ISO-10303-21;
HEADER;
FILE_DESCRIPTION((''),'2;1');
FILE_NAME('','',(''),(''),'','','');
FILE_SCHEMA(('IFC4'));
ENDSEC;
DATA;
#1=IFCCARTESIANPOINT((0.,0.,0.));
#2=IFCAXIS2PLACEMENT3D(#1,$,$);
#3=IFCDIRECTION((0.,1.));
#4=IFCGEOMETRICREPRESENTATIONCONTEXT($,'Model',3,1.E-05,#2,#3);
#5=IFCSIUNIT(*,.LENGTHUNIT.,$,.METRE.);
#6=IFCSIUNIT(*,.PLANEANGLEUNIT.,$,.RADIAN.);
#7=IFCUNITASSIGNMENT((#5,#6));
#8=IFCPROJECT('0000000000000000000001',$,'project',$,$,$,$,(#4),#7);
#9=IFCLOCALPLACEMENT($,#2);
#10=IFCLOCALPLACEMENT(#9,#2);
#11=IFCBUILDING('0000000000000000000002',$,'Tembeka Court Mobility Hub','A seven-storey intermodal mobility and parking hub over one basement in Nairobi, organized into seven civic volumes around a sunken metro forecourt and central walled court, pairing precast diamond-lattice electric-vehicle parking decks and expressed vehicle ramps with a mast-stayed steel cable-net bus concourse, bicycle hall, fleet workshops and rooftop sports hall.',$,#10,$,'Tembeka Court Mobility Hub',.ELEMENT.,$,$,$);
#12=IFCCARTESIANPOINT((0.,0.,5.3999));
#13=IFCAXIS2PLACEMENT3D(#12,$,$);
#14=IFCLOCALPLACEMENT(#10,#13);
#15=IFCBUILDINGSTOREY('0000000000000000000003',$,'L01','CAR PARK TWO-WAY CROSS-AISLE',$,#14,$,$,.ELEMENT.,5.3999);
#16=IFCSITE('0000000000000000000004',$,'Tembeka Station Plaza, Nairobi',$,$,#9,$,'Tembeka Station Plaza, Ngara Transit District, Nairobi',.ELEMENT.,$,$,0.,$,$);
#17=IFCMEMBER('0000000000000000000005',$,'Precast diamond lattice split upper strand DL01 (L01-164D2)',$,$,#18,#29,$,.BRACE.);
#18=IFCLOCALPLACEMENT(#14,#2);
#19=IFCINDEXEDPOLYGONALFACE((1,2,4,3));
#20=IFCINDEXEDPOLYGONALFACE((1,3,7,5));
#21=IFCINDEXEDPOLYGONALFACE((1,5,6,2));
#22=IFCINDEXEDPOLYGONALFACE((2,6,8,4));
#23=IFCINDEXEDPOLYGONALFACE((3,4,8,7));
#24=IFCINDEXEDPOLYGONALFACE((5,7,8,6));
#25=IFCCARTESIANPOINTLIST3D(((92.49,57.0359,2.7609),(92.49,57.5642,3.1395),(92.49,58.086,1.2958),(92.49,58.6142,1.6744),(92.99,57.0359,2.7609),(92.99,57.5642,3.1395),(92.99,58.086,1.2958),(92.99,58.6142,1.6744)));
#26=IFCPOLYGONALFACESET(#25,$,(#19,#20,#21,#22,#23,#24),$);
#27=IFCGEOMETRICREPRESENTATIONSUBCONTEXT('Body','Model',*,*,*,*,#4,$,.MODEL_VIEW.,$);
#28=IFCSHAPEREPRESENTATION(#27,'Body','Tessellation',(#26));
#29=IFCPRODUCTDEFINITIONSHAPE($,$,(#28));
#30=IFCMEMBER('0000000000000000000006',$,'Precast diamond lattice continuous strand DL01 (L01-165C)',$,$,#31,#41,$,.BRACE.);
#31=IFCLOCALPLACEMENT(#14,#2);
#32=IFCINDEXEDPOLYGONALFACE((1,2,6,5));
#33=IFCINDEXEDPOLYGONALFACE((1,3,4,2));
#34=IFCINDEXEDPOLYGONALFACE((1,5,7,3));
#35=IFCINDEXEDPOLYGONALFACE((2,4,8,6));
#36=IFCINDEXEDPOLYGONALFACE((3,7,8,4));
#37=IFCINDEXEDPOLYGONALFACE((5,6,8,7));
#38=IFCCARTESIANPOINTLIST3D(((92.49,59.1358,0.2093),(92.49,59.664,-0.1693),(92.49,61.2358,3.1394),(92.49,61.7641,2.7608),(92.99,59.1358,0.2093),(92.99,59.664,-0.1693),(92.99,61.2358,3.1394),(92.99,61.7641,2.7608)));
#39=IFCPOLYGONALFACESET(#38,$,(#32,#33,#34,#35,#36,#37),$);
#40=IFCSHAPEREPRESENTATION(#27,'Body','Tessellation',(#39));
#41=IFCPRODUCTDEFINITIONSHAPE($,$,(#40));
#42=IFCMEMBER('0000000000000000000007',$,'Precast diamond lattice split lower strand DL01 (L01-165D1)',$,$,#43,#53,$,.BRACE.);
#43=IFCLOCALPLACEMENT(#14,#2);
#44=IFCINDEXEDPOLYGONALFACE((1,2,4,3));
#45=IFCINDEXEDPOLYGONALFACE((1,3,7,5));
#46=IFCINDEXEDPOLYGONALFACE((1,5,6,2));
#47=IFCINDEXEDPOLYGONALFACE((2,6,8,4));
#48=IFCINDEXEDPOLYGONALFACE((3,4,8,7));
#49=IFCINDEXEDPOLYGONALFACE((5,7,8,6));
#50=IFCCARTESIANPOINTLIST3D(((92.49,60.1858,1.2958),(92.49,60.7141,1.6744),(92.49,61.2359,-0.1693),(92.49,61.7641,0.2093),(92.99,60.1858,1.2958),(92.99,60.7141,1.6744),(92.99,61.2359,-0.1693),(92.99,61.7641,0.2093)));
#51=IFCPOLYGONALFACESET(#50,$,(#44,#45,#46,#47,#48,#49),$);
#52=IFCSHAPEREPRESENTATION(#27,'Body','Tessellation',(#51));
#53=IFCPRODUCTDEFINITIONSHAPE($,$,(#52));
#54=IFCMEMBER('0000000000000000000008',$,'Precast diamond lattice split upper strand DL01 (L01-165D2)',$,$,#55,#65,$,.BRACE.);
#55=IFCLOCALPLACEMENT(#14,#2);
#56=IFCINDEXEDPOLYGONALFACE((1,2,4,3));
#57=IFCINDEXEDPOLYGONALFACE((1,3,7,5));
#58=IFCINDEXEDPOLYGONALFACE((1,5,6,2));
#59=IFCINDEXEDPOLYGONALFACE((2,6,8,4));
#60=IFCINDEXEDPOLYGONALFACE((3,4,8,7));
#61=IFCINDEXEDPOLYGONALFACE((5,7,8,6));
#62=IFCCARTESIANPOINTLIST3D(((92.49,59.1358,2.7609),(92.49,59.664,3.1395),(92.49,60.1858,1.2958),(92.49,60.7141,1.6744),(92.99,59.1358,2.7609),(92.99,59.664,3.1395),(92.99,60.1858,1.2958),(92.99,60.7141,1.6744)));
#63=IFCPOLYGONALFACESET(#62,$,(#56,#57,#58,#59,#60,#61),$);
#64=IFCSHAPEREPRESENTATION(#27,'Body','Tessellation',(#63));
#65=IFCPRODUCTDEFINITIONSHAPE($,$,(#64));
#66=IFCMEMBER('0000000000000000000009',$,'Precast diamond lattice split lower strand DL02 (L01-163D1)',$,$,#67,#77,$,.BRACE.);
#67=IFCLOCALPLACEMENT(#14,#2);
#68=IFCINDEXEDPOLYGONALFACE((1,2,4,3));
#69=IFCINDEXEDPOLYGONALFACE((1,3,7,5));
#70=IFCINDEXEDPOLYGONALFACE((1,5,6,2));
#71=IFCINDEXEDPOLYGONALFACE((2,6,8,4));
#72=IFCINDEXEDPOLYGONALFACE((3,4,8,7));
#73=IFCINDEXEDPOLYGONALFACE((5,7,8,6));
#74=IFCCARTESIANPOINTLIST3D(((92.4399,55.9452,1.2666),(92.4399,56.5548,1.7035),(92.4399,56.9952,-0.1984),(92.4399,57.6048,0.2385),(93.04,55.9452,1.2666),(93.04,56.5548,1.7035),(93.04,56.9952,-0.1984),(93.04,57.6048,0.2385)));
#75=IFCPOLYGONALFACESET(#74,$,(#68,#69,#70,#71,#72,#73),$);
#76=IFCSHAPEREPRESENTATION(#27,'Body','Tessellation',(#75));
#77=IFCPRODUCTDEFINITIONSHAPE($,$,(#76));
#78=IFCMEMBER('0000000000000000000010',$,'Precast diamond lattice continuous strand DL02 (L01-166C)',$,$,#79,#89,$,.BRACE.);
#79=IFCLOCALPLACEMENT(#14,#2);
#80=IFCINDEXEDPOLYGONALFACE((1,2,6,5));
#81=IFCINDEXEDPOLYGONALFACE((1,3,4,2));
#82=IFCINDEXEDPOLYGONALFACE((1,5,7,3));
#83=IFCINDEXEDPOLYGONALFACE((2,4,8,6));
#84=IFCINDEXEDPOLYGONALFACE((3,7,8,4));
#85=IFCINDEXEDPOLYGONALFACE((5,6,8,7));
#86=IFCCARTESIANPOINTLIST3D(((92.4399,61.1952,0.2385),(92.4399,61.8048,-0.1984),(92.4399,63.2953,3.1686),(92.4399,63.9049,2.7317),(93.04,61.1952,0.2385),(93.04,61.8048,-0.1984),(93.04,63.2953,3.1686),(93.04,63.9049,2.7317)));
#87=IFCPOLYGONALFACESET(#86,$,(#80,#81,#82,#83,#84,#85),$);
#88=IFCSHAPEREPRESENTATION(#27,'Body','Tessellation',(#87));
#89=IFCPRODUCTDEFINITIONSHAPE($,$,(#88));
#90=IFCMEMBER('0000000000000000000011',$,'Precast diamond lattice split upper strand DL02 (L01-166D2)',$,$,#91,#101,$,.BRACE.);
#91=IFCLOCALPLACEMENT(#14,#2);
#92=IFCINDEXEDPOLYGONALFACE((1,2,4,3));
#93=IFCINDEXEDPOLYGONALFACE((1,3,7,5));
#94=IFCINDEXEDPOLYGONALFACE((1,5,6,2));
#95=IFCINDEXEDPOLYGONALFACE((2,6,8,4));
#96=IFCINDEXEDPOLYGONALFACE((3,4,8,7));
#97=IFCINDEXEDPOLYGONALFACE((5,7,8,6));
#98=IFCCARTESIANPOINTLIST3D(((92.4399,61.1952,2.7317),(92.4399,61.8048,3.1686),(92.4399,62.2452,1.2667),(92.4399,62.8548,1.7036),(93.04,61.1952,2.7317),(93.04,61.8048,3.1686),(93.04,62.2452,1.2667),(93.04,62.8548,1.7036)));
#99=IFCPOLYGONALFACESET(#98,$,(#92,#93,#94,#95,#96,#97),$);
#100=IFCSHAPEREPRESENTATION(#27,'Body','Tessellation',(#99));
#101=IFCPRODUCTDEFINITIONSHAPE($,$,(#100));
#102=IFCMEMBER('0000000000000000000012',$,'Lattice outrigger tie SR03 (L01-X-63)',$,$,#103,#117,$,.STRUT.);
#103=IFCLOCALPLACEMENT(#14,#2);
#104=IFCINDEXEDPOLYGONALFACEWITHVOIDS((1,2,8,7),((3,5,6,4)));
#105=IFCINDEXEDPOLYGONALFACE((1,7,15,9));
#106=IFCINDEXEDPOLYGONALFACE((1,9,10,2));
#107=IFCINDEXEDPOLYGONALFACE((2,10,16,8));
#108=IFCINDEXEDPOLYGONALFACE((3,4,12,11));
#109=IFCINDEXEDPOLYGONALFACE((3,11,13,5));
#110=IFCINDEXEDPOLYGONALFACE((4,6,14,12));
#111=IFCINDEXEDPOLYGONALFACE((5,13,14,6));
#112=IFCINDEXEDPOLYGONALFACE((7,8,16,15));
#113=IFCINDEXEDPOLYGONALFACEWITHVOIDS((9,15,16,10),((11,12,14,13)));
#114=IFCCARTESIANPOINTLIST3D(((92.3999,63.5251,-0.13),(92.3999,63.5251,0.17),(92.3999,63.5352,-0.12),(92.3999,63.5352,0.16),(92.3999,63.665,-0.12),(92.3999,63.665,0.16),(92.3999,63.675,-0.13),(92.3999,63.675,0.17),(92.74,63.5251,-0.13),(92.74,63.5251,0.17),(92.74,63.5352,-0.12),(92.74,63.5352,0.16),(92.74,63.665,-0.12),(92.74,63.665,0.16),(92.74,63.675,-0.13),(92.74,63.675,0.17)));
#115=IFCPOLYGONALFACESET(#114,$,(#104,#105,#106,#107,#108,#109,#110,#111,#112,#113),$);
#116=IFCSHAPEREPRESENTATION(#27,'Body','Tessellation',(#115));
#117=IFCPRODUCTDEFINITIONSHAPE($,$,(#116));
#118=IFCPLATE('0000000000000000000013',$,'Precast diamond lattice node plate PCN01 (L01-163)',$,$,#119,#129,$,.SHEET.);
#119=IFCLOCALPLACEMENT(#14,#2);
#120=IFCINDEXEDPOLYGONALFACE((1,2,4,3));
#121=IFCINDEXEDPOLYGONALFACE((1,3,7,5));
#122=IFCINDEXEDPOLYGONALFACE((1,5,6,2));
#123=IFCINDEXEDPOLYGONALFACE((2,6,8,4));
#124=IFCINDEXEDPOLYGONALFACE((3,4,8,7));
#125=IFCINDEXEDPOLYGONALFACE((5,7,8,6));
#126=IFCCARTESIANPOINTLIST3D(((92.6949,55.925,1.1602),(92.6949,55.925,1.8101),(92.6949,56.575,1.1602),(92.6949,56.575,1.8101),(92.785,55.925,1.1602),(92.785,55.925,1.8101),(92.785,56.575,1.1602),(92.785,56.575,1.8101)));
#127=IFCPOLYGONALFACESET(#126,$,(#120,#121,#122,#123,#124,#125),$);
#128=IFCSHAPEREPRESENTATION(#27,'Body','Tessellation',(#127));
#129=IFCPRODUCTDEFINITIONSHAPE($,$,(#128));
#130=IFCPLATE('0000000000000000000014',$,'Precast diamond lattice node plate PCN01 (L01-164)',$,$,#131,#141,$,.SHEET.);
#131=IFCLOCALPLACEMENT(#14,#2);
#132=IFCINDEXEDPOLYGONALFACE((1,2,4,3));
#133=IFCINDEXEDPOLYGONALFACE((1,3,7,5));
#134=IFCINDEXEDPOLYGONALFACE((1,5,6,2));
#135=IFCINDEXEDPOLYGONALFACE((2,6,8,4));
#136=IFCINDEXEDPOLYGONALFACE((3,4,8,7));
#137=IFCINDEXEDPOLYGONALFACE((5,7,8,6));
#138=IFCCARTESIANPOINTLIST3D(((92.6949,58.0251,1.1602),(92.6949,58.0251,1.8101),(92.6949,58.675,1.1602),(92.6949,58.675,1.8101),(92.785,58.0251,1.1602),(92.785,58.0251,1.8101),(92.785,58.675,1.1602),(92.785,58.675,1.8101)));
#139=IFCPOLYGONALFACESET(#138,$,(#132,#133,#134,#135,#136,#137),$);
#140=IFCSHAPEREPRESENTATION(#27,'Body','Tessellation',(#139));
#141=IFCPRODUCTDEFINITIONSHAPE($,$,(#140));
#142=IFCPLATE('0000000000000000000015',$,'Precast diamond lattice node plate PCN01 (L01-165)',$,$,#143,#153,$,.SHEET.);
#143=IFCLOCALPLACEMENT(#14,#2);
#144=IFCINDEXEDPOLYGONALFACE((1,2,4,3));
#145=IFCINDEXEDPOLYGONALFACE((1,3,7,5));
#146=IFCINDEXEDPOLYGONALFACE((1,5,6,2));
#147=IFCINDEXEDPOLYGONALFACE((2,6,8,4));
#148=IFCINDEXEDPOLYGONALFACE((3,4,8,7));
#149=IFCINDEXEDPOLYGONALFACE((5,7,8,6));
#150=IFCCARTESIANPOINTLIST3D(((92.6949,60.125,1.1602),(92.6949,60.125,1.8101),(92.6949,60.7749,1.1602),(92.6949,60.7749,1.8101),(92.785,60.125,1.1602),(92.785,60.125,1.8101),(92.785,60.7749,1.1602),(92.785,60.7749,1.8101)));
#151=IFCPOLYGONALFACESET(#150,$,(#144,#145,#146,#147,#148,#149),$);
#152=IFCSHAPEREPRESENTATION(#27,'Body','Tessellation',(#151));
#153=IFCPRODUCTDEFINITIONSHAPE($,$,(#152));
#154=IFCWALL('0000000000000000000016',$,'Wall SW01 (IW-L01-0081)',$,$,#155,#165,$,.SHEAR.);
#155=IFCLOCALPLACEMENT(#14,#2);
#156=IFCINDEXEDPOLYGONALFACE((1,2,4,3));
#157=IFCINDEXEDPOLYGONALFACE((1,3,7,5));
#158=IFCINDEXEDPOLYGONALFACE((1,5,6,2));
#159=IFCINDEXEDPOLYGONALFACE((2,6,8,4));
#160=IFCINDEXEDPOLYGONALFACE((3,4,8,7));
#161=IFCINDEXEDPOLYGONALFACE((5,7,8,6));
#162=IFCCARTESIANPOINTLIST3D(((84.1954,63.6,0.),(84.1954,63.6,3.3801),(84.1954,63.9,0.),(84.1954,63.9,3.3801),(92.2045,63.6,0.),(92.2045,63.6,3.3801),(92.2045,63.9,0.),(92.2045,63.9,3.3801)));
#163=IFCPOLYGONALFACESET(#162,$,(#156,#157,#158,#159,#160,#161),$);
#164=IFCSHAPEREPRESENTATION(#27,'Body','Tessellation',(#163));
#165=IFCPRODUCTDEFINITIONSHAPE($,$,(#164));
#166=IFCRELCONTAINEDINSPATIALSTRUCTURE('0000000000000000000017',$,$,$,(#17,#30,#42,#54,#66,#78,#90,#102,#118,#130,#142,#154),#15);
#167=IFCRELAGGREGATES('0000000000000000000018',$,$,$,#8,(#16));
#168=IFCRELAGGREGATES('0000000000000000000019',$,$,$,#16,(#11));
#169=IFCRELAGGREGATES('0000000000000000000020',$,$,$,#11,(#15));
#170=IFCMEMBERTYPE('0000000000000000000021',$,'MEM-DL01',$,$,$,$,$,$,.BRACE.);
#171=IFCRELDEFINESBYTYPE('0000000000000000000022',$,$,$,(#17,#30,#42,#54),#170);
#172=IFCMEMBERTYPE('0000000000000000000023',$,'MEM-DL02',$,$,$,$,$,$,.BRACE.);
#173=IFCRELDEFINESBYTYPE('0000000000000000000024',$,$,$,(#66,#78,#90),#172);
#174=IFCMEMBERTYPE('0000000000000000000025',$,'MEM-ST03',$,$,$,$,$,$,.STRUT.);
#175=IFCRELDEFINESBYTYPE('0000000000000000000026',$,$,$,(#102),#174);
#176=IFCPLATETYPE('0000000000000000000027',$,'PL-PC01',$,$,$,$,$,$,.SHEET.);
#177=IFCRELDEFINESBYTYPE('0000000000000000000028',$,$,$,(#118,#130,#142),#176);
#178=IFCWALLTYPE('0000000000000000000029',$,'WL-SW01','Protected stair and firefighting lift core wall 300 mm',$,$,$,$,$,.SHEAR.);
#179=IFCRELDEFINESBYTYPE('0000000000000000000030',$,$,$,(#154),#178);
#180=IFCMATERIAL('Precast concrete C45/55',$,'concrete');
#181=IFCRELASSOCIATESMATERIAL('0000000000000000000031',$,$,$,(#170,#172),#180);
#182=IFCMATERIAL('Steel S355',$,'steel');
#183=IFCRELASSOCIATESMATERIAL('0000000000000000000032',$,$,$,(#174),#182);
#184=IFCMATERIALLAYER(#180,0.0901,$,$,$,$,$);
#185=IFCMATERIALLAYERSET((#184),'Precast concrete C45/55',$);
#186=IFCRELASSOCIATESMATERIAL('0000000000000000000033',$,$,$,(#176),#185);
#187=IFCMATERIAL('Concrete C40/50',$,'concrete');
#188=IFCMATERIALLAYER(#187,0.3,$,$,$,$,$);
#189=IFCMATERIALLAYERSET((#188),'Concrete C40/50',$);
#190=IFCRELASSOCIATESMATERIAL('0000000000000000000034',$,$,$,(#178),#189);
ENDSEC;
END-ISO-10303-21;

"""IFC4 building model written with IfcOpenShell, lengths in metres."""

from ifc_helpers import new_model, si_unit, direction, frame, frame_2d, origin, origin_2d, place, context, subcontext, project, spatial, rectangle, hollow_rectangle, extrude, material, layer, layer_set, material_profile, profile_set, type_object, element, save


model = new_model("IFC4")

# Units and contexts
model_context = context("Model", 3, precision=1e-05, world=origin(), true_north=direction((0.0, 1.0)))
body_context = subcontext(model_context, "Body", "Model", "MODEL_VIEW")
ifc_project = project(units=[si_unit("LENGTHUNIT", "METRE"), si_unit("PLANEANGLEUNIT", "RADIAN")], contexts=[model_context])

# Site, building, storey
site_placement = place(None, origin())
site = spatial("IfcSite", under=ifc_project, at=site_placement, Name="Tembeka Station Plaza, Nairobi", LongName="Tembeka Station Plaza, Ngara Transit District, Nairobi", CompositionType="ELEMENT", RefElevation=0.0)
building_placement = place(site_placement, origin())
building = spatial("IfcBuilding", under=site, at=building_placement, Name="Tembeka Court Mobility Hub", Description="A seven-storey intermodal mobility and parking hub over one basement in Nairobi, organized into seven civic volumes around a sunken metro forecourt and central walled court, pairing precast diamond-lattice electric-vehicle parking decks and expressed vehicle ramps with a mast-stayed steel cable-net bus concourse, bicycle hall, fleet workshops and rooftop sports hall.", LongName="Tembeka Court Mobility Hub", CompositionType="ELEMENT")
storey_placement = place(building_placement, frame((0.0, 0.0, 5.3999)))
storey = spatial("IfcBuildingStorey", under=building, at=storey_placement, Name="L01", Description="CAR PARK TWO-WAY CROSS-AISLE", CompositionType="ELEMENT", Elevation=5.3999)

# Shared definitions
ifc_material_1 = material(Name="Steel S355", Category="steel")

# Shared definitions
ifc_material_2 = material(Name="Precast concrete C45/55", Category="concrete")

# Members
ifc_material_profile_1 = material_profile(ifc_material_2, rectangle(XDim=0.5, YDim=0.6499, at=origin_2d()), Name="PC-DIAG 500x650")
ifc_profile_set_1 = profile_set([ifc_material_profile_1], Name="Precast concrete C45/55")
member_type_1 = type_object("IfcMemberType", Name="MEM-DL01", PredefinedType="BRACE", material=ifc_profile_set_1)
for number, where, z_axis, x_axis, name in (
    (1, (92.74, 58.3501, 1.4851), (0.0, -0.582544, 0.812799), (1.0, 0.0, 0.0), "Precast diamond lattice split upper strand DL01 (L01-164D2)"),
):
    element("IfcMember", number, at=place(storey_placement, frame(where, z_axis=z_axis, x_axis=x_axis)), inside=storey, type_object=member_type_1, Name=name, PredefinedType="BRACE", context=body_context, shape_type="SweptSolid", body=[
        extrude(rectangle(XDim=0.5, YDim=0.6499, at=origin_2d()), origin(), (0.0, 0.0, 1.0), 1.8025),
    ])
member_1_placement = place(storey_placement, frame((92.74, 59.3999, 0.02), z_axis=(0.0, 0.582544, 0.812799), x_axis=(-1.0, 0.0, 0.0)))
element("IfcMember", 2, at=member_1_placement, inside=storey, type_object=member_type_1, Name="Precast diamond lattice continuous strand DL01 (L01-165C)", PredefinedType="BRACE", context=body_context, shape_type="SweptSolid", body=[
    extrude(rectangle(XDim=0.5, YDim=0.6499, at=origin_2d()), origin(), (0.0, 0.0, 1.0), 3.605),
])
for number, where, z_axis, x_axis, name in (
    (3, (92.74, 61.5, 0.02), (0.0, -0.582544, 0.812799), (1.0, 0.0, 0.0), "Precast diamond lattice split lower strand DL01 (L01-165D1)"),
    (4, (92.74, 60.45, 1.4851), (0.0, -0.582544, 0.812799), (1.0, 0.0, 0.0), "Precast diamond lattice split upper strand DL01 (L01-165D2)"),
):
    element("IfcMember", number, at=place(storey_placement, frame(where, z_axis=z_axis, x_axis=x_axis)), inside=storey, type_object=member_type_1, Name=name, PredefinedType="BRACE", context=body_context, shape_type="SweptSolid", body=[
        extrude(rectangle(XDim=0.5, YDim=0.6499, at=origin_2d()), origin(), (0.0, 0.0, 1.0), 1.8025),
    ])
ifc_material_profile_2 = material_profile(ifc_material_2, rectangle(XDim=0.6001, YDim=0.75, at=origin_2d()), Name="PC-DIAG 600x750")
ifc_profile_set_2 = profile_set([ifc_material_profile_2], Name="Precast concrete C45/55")
member_type_2 = type_object("IfcMemberType", Name="MEM-DL02", PredefinedType="BRACE", material=ifc_profile_set_2)
member_2_placement = place(storey_placement, frame((92.74, 57.3, 0.02), z_axis=(0.0, -0.582544, 0.812799), x_axis=(1.0, 0.0, 0.0)))
element("IfcMember", 5, at=member_2_placement, inside=storey, type_object=member_type_2, Name="Precast diamond lattice split lower strand DL02 (L01-163D1)", PredefinedType="BRACE", context=body_context, shape_type="SweptSolid", body=[
    extrude(rectangle(XDim=0.6001, YDim=0.75, at=origin_2d()), origin(), (0.0, 0.0, 1.0), 1.8025),
])
member_3_placement = place(storey_placement, frame((92.74, 61.5, 0.02), z_axis=(0.0, 0.582544, 0.812799), x_axis=(-1.0, 0.0, 0.0)))
element("IfcMember", 6, at=member_3_placement, inside=storey, type_object=member_type_2, Name="Precast diamond lattice continuous strand DL02 (L01-166C)", PredefinedType="BRACE", context=body_context, shape_type="SweptSolid", body=[
    extrude(rectangle(XDim=0.6001, YDim=0.75, at=origin_2d()), origin(), (0.0, 0.0, 1.0), 3.605),
])
member_4_placement = place(storey_placement, frame((92.74, 62.55, 1.4851), z_axis=(0.0, -0.582544, 0.812799), x_axis=(1.0, 0.0, 0.0)))
element("IfcMember", 7, at=member_4_placement, inside=storey, type_object=member_type_2, Name="Precast diamond lattice split upper strand DL02 (L01-166D2)", PredefinedType="BRACE", context=body_context, shape_type="SweptSolid", body=[
    extrude(rectangle(XDim=0.6001, YDim=0.75, at=origin_2d()), origin(), (0.0, 0.0, 1.0), 1.8025),
])
ifc_material_profile_3 = material_profile(ifc_material_1, hollow_rectangle(XDim=0.1499, YDim=0.3, WallThickness=0.01, at=origin_2d()), Name="RHS 300x150x10")
ifc_profile_set_3 = profile_set([ifc_material_profile_3], Name="Steel S355")
member_type_3 = type_object("IfcMemberType", Name="MEM-ST03", PredefinedType="STRUT", material=ifc_profile_set_3)
member_5_placement = place(storey_placement, frame((92.3999, 63.6001, 0.02), z_axis=(1.0, 0.0, 0.0), x_axis=(0.0, 1.0, 0.0)))
element("IfcMember", 8, at=member_5_placement, inside=storey, type_object=member_type_3, Name="Lattice outrigger tie SR03 (L01-X-63)", PredefinedType="STRUT", context=body_context, shape_type="SweptSolid", body=[
    extrude(hollow_rectangle(XDim=0.1499, YDim=0.3, WallThickness=0.01, at=origin_2d()), origin(), (0.0, 0.0, 1.0), 0.3401),
])

# Plates
ifc_layer_1 = layer(ifc_material_2, 0.0901)
ifc_layer_set_1 = layer_set([ifc_layer_1], Name="Precast concrete C45/55")
plate_type = type_object("IfcPlateType", Name="PL-PC01", PredefinedType="SHEET", material=ifc_layer_set_1)
for number, where, z_axis, x_axis, name in (
    (9, (92.74, 56.25, 1.1602), (0.0, 0.0, 1.0), (1.0, 0.0, 0.0), "Precast diamond lattice node plate PCN01 (L01-163)"),
    (10, (92.74, 58.3501, 1.1602), (0.0, 0.0, 1.0), (1.0, 0.0, 0.0), "Precast diamond lattice node plate PCN01 (L01-164)"),
    (11, (92.74, 60.45, 1.1602), (0.0, 0.0, 1.0), (1.0, 0.0, 0.0), "Precast diamond lattice node plate PCN01 (L01-165)"),
):
    element("IfcPlate", number, at=place(storey_placement, frame(where, z_axis=z_axis, x_axis=x_axis)), inside=storey, type_object=plate_type, Name=name, PredefinedType="SHEET", context=body_context, shape_type="SweptSolid", body=[
        extrude(rectangle(XDim=0.0901, YDim=0.6499, at=origin_2d()), origin(), (0.0, 0.0, 1.0), 0.6499),
    ])

# Wall
ifc_material_3 = material(Name="Concrete C40/50", Category="concrete")
ifc_layer_2 = layer(ifc_material_3, 0.3)
ifc_layer_set_2 = layer_set([ifc_layer_2], Name="Concrete C40/50")
wall_type_1 = type_object("IfcWallType", Name="WL-SW01", Description="Protected stair and firefighting lift core wall 300 mm", PredefinedType="SHEAR", material=ifc_layer_set_2)
wall_1_placement = place(storey_placement, frame((84.1956, 63.75, 0.0), z_axis=(0.0, 0.0, 1.0), x_axis=(1.0, 0.0, 0.0)))
element("IfcWall", 12, at=wall_1_placement, inside=storey, type_object=wall_type_1, Name="Wall SW01 (IW-L01-0081)", PredefinedType="SHEAR", context=body_context, shape_type="SweptSolid", body=[
    extrude(rectangle(XDim=8.009, YDim=0.3, at=frame_2d((4.0044, 0.0))), origin(), (0.0, 0.0, 1.0), 3.3801),
])

save(model, "model.ifc")
